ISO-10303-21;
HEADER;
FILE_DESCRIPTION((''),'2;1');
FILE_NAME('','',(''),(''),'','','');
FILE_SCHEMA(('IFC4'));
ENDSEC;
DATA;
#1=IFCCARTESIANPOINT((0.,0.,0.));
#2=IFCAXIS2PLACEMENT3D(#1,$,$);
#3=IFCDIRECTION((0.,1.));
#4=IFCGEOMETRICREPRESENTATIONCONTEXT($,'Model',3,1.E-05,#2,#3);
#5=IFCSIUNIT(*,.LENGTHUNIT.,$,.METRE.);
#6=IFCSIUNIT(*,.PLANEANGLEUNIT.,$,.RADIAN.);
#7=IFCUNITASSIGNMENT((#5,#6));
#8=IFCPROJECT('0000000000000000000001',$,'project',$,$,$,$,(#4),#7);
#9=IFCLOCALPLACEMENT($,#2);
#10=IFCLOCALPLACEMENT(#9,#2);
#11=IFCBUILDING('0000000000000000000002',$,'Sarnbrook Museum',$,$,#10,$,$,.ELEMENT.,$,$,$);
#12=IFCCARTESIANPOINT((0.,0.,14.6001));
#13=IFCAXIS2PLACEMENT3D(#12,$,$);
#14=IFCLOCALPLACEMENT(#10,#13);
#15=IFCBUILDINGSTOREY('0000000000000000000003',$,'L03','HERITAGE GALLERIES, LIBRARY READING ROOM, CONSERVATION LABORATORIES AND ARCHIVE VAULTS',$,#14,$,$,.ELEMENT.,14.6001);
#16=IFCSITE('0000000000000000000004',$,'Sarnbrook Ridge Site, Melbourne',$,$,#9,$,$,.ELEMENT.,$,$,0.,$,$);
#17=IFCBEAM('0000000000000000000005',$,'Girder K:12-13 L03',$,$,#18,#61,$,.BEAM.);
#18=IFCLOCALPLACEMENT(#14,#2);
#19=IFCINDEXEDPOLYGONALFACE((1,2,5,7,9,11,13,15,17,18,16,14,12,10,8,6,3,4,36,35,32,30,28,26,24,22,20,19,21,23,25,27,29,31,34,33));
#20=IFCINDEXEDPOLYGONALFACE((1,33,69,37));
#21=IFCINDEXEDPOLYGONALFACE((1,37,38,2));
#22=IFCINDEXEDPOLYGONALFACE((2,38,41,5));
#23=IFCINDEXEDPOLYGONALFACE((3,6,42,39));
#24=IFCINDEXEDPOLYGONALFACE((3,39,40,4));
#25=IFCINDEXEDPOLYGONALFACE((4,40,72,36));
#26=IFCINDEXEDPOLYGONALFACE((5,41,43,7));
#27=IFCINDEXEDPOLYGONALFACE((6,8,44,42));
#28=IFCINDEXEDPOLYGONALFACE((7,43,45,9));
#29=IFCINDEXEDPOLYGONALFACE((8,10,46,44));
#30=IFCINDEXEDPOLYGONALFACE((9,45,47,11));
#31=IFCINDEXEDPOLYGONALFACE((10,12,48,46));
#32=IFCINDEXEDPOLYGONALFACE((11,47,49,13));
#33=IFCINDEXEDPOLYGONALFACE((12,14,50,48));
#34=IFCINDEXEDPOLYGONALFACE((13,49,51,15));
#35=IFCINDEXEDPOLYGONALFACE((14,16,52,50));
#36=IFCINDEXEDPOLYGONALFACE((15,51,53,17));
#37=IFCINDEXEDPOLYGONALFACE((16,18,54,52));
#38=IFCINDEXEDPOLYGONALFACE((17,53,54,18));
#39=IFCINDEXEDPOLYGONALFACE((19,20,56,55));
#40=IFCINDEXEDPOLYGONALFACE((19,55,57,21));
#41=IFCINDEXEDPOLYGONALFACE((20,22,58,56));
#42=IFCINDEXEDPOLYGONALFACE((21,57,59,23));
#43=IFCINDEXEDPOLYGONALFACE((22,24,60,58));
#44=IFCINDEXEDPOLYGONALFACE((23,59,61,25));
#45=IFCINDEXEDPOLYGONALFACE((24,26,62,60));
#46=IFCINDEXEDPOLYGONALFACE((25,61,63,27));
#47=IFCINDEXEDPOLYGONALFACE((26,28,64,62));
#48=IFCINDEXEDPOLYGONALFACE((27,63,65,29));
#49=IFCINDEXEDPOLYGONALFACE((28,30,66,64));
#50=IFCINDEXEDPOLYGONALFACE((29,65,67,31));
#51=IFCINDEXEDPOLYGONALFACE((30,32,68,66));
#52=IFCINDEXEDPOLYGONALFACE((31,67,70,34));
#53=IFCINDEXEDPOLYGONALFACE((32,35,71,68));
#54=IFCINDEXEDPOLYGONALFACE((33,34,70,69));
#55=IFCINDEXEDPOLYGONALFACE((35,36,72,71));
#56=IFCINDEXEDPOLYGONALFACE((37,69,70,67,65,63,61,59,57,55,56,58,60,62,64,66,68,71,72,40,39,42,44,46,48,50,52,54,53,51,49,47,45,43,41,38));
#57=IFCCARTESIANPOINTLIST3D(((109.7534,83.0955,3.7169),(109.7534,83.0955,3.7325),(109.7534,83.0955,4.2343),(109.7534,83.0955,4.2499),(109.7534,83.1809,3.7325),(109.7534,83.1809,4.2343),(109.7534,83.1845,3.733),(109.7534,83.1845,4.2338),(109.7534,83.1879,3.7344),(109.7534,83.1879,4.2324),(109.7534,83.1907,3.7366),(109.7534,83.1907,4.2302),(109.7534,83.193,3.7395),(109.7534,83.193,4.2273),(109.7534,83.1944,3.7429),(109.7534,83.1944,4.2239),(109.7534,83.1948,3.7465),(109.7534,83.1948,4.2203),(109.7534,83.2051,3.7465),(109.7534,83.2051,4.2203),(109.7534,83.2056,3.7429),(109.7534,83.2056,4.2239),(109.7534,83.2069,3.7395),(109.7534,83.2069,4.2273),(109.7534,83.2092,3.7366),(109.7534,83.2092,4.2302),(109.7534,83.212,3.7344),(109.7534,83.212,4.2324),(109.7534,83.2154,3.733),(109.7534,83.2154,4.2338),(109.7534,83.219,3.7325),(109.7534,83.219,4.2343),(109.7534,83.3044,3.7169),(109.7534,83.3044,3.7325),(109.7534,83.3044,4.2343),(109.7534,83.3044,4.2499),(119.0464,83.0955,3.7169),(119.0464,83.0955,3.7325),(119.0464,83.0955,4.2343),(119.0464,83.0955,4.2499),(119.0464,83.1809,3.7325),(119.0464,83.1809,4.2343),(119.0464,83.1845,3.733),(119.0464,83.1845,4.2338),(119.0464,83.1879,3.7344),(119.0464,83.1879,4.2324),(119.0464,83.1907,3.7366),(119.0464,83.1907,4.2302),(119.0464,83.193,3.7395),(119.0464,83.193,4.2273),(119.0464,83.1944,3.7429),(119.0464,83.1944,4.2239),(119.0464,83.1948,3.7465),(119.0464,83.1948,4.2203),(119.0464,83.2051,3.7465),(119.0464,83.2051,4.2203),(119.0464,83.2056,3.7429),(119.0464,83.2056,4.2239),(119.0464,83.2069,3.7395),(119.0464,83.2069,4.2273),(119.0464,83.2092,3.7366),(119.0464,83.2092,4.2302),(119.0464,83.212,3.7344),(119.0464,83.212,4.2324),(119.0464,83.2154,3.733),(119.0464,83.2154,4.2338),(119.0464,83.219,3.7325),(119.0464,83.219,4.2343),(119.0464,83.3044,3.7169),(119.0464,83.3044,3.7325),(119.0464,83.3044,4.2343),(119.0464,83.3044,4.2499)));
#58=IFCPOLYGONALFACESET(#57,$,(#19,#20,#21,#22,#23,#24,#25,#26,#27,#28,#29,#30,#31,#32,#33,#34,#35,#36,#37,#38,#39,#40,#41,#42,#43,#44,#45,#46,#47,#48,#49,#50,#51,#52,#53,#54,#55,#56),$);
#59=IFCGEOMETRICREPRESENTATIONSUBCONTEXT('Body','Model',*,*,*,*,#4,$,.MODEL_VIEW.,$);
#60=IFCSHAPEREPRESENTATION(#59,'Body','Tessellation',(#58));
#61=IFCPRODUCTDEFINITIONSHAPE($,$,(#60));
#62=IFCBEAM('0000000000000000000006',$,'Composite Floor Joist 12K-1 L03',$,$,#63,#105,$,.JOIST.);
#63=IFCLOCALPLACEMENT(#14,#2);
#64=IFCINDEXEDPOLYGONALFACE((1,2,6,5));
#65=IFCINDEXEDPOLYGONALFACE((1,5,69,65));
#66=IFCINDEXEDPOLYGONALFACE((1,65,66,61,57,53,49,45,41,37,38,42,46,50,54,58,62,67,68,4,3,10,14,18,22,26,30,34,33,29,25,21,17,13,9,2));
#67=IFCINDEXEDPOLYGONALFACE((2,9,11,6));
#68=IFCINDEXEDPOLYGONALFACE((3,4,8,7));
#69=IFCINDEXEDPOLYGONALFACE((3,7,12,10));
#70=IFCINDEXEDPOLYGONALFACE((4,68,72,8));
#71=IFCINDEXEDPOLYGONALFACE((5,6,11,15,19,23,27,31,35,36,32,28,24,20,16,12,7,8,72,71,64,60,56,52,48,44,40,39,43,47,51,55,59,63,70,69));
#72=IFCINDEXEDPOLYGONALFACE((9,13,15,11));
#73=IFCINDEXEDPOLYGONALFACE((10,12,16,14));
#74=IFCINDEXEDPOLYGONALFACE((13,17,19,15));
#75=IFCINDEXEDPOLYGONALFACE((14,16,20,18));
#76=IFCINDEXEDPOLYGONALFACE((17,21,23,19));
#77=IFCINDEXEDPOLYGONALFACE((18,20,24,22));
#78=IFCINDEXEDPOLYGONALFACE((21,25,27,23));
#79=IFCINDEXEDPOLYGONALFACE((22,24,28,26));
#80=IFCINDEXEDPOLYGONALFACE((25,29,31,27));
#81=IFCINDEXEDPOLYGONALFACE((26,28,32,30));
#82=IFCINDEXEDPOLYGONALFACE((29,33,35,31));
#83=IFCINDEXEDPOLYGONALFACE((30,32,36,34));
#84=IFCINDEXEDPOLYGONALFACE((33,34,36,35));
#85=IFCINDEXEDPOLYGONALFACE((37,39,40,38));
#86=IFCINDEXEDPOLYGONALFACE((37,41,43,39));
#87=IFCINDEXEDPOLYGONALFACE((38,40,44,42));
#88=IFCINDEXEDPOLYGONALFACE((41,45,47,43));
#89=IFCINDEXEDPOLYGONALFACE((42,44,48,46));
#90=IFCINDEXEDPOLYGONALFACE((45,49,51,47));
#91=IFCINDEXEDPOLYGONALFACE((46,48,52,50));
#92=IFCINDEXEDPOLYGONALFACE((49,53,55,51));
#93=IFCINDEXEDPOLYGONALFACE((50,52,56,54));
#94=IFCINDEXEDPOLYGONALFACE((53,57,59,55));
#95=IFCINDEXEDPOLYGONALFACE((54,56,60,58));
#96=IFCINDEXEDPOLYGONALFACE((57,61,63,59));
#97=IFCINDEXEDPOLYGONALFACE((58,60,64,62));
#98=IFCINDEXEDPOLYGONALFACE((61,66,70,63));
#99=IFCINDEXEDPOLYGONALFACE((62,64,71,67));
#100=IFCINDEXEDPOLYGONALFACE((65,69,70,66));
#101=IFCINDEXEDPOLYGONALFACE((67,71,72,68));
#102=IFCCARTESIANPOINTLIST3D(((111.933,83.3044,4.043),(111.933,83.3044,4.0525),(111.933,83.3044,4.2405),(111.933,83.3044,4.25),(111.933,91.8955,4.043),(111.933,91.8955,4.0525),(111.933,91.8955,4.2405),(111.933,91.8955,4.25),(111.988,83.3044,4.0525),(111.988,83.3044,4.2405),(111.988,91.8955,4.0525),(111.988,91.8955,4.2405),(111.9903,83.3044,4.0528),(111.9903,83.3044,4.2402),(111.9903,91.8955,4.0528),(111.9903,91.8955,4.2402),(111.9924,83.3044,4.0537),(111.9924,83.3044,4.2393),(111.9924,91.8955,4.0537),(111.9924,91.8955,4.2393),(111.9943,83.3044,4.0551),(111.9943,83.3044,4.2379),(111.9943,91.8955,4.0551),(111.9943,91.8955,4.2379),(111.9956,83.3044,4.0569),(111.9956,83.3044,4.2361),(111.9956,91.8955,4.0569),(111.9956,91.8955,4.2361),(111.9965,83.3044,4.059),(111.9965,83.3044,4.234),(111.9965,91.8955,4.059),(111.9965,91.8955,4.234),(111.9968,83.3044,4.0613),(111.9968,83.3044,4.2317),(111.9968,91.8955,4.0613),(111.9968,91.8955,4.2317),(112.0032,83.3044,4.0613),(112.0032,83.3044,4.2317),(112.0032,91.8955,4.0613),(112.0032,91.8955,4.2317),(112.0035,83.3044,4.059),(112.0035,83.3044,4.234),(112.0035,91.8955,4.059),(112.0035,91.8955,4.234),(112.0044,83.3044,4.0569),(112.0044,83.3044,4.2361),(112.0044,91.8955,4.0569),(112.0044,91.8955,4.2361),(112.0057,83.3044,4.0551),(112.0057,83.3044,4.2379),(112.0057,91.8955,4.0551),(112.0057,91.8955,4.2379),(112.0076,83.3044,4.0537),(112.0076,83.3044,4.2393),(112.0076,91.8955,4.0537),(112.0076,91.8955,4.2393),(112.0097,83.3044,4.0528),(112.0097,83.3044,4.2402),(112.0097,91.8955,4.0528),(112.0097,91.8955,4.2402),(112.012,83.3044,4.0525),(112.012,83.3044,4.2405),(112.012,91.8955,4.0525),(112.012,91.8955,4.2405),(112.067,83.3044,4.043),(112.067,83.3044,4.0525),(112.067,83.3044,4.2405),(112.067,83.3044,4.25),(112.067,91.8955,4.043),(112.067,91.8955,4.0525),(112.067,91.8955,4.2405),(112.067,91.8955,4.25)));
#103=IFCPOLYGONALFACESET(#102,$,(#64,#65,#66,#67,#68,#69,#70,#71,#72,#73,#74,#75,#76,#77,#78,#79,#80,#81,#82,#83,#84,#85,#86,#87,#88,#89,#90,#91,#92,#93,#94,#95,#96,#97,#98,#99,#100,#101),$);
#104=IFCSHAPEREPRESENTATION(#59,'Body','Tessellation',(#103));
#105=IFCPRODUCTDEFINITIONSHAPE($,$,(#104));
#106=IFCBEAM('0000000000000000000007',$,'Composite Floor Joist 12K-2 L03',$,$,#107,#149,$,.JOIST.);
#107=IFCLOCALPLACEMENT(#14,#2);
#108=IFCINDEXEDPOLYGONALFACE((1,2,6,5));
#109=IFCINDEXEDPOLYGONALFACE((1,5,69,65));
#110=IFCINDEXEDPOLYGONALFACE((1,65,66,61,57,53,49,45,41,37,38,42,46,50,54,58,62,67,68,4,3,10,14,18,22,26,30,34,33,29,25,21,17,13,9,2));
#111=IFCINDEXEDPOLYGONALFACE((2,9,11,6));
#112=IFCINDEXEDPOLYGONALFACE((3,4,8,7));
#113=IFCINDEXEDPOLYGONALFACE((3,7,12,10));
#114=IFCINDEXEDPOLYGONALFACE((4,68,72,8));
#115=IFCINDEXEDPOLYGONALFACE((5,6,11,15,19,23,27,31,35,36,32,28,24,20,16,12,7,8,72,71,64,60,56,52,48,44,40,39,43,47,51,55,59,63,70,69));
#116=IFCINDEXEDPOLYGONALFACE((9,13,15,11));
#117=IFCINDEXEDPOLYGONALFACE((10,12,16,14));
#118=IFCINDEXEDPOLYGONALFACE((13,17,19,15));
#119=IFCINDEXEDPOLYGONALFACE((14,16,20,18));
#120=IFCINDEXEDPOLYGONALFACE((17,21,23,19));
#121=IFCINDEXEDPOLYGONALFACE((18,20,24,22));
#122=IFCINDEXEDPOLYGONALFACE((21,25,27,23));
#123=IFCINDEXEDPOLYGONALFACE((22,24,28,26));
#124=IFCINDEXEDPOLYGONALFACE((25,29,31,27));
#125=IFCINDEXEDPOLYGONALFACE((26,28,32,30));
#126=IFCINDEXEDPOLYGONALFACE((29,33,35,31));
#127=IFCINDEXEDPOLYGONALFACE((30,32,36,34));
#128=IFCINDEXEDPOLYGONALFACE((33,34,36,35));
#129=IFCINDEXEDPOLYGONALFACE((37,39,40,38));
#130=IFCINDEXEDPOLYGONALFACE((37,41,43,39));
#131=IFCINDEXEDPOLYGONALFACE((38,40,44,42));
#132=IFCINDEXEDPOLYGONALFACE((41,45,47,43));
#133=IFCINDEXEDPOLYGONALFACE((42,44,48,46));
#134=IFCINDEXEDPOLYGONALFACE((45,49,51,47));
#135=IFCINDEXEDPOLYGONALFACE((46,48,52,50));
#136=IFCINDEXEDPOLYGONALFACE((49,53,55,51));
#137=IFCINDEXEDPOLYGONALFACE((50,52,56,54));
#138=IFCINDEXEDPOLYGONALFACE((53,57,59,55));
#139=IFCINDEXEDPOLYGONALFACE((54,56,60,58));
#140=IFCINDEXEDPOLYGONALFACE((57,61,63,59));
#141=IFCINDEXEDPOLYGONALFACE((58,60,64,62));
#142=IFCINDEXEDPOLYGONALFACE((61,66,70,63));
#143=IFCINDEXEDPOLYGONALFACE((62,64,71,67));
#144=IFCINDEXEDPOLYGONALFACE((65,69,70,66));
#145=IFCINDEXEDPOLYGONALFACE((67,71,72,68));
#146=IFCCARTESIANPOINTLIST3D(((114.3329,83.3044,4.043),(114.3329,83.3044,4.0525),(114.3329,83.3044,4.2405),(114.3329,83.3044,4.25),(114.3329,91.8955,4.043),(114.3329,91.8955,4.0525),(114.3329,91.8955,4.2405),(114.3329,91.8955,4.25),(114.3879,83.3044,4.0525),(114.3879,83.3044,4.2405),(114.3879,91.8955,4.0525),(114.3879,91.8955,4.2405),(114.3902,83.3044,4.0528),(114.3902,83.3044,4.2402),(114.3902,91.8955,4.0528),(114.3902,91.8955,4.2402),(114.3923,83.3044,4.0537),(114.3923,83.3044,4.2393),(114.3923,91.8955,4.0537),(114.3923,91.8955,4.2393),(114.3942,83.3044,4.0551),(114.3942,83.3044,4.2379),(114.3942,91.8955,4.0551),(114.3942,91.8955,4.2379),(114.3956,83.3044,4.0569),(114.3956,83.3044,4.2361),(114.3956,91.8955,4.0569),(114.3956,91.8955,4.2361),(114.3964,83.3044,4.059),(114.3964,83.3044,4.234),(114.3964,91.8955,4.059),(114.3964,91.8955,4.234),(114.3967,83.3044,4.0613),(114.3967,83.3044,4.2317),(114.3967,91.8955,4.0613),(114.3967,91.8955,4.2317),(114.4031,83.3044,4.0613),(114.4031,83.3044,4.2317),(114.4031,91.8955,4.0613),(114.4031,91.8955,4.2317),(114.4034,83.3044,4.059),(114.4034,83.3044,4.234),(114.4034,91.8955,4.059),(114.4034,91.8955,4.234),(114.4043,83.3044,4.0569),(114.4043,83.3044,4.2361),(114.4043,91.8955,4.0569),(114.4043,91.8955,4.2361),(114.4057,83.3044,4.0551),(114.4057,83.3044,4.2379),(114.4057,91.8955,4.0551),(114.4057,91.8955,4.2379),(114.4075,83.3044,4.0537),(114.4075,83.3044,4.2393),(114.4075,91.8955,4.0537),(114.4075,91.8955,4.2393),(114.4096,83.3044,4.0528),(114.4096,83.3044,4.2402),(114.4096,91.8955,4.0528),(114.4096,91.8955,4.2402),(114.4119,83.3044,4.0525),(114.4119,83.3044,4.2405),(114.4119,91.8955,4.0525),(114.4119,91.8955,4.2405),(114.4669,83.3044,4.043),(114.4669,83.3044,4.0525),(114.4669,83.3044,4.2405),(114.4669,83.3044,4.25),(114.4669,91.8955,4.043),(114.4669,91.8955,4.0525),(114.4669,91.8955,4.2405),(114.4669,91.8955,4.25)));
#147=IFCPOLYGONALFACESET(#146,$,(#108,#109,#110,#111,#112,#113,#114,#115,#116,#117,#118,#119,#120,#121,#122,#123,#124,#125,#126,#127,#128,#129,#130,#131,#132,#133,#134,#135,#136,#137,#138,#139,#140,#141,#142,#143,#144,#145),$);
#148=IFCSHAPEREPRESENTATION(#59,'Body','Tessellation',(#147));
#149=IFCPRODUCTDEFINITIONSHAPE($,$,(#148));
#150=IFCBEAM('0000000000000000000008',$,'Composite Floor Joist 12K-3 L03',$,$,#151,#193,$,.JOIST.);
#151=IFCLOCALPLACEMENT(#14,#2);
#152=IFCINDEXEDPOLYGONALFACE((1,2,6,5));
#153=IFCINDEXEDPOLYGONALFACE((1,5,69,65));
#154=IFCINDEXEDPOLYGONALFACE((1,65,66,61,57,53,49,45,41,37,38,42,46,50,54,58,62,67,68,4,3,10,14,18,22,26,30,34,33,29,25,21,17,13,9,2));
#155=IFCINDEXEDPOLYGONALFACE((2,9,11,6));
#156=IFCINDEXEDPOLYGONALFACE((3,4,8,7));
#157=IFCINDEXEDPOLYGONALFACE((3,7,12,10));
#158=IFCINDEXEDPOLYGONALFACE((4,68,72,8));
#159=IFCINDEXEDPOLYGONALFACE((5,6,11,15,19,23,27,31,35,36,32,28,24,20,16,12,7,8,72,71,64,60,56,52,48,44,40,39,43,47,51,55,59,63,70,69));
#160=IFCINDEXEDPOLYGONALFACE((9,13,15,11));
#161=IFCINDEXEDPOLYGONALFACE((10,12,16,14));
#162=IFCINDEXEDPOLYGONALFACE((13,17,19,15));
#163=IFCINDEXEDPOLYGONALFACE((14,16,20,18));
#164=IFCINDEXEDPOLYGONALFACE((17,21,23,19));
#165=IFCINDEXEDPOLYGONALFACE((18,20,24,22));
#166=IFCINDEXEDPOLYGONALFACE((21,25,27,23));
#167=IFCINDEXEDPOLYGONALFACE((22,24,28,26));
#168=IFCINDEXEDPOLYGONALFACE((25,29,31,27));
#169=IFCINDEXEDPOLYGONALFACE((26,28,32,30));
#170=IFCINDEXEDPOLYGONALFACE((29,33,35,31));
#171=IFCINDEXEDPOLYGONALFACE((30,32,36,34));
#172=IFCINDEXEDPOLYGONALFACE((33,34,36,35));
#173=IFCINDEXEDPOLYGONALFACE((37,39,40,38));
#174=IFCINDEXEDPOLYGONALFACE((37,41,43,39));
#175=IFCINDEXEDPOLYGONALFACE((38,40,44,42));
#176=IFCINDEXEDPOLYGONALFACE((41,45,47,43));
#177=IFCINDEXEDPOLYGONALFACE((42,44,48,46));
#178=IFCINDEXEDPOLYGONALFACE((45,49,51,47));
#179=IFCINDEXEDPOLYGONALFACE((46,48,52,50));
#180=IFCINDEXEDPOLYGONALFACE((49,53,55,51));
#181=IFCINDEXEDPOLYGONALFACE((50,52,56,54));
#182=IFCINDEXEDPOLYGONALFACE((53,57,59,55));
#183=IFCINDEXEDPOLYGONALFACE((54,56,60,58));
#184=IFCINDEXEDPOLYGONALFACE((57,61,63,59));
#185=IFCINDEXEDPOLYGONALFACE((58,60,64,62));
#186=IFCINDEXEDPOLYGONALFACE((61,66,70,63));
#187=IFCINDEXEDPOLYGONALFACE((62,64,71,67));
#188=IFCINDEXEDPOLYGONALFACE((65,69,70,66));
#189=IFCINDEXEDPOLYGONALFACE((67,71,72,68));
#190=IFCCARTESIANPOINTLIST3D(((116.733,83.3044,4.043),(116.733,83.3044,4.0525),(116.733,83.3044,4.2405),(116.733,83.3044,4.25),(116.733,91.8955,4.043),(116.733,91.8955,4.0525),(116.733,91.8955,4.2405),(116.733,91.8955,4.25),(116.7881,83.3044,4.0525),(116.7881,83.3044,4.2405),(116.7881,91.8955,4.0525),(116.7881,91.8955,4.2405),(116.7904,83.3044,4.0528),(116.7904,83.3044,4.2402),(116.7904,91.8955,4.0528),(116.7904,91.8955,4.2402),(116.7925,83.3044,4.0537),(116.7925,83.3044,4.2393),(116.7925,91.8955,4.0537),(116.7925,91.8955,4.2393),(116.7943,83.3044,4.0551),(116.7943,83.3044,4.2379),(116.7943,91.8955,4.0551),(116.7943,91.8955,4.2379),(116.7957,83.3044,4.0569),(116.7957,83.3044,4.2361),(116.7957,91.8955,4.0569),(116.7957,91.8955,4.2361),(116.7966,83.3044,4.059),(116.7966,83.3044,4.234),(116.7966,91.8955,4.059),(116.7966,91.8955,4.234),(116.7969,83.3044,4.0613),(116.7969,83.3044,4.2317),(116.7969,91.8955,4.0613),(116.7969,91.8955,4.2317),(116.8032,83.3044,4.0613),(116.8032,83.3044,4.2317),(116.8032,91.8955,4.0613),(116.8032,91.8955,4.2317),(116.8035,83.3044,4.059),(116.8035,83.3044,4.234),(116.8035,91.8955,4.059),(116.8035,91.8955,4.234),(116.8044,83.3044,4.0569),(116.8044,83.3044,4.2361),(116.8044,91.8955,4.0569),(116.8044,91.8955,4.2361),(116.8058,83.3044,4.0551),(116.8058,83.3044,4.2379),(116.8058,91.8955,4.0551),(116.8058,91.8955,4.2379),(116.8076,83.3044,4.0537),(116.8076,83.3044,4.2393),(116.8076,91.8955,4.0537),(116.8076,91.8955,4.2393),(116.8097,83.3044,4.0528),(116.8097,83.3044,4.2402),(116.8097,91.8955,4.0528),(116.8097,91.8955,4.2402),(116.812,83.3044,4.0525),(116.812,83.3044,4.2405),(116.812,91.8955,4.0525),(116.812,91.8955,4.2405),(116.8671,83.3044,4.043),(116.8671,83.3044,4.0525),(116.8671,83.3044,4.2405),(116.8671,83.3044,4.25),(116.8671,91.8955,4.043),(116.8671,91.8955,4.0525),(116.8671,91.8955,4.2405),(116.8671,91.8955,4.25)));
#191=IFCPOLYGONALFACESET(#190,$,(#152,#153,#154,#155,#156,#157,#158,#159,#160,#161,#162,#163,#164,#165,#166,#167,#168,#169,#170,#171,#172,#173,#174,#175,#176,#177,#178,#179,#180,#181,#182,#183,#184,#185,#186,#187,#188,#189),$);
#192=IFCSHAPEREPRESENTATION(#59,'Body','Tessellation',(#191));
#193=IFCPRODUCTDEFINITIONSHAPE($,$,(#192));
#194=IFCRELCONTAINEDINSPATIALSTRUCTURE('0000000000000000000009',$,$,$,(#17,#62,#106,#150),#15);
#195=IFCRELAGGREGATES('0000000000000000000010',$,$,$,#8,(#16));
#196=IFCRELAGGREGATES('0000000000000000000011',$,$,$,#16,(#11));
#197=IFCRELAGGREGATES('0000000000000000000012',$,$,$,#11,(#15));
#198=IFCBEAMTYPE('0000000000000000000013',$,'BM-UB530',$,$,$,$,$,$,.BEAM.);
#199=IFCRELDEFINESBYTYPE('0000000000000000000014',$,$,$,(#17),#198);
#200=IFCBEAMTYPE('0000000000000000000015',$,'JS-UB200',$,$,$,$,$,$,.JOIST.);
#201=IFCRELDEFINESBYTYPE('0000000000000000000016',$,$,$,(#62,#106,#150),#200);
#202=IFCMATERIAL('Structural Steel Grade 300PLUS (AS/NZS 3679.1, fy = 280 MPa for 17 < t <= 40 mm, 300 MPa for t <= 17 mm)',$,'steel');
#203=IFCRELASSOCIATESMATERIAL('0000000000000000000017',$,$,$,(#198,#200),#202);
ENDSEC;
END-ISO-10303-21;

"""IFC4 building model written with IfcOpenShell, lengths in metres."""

from ifc_helpers import new_model, si_unit, direction, frame, origin, origin_2d, place, context, subcontext, project, spatial, i_section, extrude, material, material_profile, profile_set, type_object, element, save


model = new_model("IFC4")

# Units and contexts
model_context = context("Model", 3, precision=1e-05, world=origin(), true_north=direction((0.0, 1.0)))
body_context = subcontext(model_context, "Body", "Model", "MODEL_VIEW")
ifc_project = project(units=[si_unit("LENGTHUNIT", "METRE"), si_unit("PLANEANGLEUNIT", "RADIAN")], contexts=[model_context])

# Site, building, storey
site_placement = place(None, origin())
site = spatial("IfcSite", under=ifc_project, at=site_placement, Name="Sarnbrook Ridge Site, Melbourne", CompositionType="ELEMENT", RefElevation=0.0)
building_placement = place(site_placement, origin())
building = spatial("IfcBuilding", under=site, at=building_placement, Name="Sarnbrook Museum", CompositionType="ELEMENT")
storey_placement = place(building_placement, frame((0.0, 0.0, 14.6001)))
storey = spatial("IfcBuildingStorey", under=building, at=storey_placement, Name="L03", Description="HERITAGE GALLERIES, LIBRARY READING ROOM, CONSERVATION LABORATORIES AND ARCHIVE VAULTS", CompositionType="ELEMENT", Elevation=14.6001)

# Beams
ifc_material_1 = material(Name="Structural Steel Grade 300PLUS (AS/NZS 3679.1, fy = 280 MPa for 17 < t <= 40 mm, 300 MPa for t <= 17 mm)", Category="steel")
ifc_material_profile_1 = material_profile(ifc_material_1, i_section(OverallWidth=0.209, OverallDepth=0.533, WebThickness=0.0103, FlangeThickness=0.0156, FilletRadius=0.0139, at=origin_2d()), Name="530UB92.4")
ifc_profile_set_1 = profile_set([ifc_material_profile_1], Name="Structural Steel Grade 300PLUS (AS/NZS 3679.1, fy = 280 MPa for 17 < t <= 40 mm, 300 MPa for t <= 17 mm)")
beam_type_1 = type_object("IfcBeamType", Name="BM-UB530", PredefinedType="BEAM", material=ifc_profile_set_1)
beam_placement = place(storey_placement, frame((109.7534, 83.2, 3.9834), z_axis=(1.0, 0.0, 0.0), x_axis=(0.0, 1.0, 0.0)))
element("IfcBeam", 1, at=beam_placement, inside=storey, type_object=beam_type_1, Name="Girder K:12-13 L03", PredefinedType="BEAM", context=body_context, shape_type="SweptSolid", body=[
    extrude(i_section(OverallWidth=0.209, OverallDepth=0.533, WebThickness=0.0103, FlangeThickness=0.0156, FilletRadius=0.0139, at=origin_2d()), origin(), (0.0, 0.0, 1.0), 9.293),
])
ifc_material_profile_2 = material_profile(ifc_material_1, i_section(OverallWidth=0.134, OverallDepth=0.207, WebThickness=0.0063, FlangeThickness=0.0095, FilletRadius=0.0088, at=origin_2d()), Name="200UB29.8")
ifc_profile_set_2 = profile_set([ifc_material_profile_2], Name="Structural Steel Grade 300PLUS (AS/NZS 3679.1, fy = 280 MPa for 17 < t <= 40 mm, 300 MPa for t <= 17 mm)")
beam_type_2 = type_object("IfcBeamType", Name="JS-UB200", PredefinedType="JOIST", material=ifc_profile_set_2)
for number, where, z_axis, x_axis, name in (
    (2, (112.0, 83.3044, 4.1465), (0.0, 1.0, 0.0), (-1.0, 0.0, 0.0), "Composite Floor Joist 12K-1 L03"),
    (3, (114.3999, 83.3044, 4.1465), (0.0, 1.0, 0.0), (-1.0, 0.0, 0.0), "Composite Floor Joist 12K-2 L03"),
    (4, (116.8, 83.3044, 4.1465), (0.0, 1.0, 0.0), (-1.0, 0.0, 0.0), "Composite Floor Joist 12K-3 L03"),
):
    element("IfcBeam", number, at=place(storey_placement, frame(where, z_axis=z_axis, x_axis=x_axis)), inside=storey, type_object=beam_type_2, Name=name, PredefinedType="JOIST", context=body_context, shape_type="SweptSolid", body=[
        extrude(i_section(OverallWidth=0.134, OverallDepth=0.207, WebThickness=0.0063, FlangeThickness=0.0095, FilletRadius=0.0088, at=origin_2d()), origin(), (0.0, 0.0, 1.0), 8.5911),
    ])

save(model, "model.ifc")
